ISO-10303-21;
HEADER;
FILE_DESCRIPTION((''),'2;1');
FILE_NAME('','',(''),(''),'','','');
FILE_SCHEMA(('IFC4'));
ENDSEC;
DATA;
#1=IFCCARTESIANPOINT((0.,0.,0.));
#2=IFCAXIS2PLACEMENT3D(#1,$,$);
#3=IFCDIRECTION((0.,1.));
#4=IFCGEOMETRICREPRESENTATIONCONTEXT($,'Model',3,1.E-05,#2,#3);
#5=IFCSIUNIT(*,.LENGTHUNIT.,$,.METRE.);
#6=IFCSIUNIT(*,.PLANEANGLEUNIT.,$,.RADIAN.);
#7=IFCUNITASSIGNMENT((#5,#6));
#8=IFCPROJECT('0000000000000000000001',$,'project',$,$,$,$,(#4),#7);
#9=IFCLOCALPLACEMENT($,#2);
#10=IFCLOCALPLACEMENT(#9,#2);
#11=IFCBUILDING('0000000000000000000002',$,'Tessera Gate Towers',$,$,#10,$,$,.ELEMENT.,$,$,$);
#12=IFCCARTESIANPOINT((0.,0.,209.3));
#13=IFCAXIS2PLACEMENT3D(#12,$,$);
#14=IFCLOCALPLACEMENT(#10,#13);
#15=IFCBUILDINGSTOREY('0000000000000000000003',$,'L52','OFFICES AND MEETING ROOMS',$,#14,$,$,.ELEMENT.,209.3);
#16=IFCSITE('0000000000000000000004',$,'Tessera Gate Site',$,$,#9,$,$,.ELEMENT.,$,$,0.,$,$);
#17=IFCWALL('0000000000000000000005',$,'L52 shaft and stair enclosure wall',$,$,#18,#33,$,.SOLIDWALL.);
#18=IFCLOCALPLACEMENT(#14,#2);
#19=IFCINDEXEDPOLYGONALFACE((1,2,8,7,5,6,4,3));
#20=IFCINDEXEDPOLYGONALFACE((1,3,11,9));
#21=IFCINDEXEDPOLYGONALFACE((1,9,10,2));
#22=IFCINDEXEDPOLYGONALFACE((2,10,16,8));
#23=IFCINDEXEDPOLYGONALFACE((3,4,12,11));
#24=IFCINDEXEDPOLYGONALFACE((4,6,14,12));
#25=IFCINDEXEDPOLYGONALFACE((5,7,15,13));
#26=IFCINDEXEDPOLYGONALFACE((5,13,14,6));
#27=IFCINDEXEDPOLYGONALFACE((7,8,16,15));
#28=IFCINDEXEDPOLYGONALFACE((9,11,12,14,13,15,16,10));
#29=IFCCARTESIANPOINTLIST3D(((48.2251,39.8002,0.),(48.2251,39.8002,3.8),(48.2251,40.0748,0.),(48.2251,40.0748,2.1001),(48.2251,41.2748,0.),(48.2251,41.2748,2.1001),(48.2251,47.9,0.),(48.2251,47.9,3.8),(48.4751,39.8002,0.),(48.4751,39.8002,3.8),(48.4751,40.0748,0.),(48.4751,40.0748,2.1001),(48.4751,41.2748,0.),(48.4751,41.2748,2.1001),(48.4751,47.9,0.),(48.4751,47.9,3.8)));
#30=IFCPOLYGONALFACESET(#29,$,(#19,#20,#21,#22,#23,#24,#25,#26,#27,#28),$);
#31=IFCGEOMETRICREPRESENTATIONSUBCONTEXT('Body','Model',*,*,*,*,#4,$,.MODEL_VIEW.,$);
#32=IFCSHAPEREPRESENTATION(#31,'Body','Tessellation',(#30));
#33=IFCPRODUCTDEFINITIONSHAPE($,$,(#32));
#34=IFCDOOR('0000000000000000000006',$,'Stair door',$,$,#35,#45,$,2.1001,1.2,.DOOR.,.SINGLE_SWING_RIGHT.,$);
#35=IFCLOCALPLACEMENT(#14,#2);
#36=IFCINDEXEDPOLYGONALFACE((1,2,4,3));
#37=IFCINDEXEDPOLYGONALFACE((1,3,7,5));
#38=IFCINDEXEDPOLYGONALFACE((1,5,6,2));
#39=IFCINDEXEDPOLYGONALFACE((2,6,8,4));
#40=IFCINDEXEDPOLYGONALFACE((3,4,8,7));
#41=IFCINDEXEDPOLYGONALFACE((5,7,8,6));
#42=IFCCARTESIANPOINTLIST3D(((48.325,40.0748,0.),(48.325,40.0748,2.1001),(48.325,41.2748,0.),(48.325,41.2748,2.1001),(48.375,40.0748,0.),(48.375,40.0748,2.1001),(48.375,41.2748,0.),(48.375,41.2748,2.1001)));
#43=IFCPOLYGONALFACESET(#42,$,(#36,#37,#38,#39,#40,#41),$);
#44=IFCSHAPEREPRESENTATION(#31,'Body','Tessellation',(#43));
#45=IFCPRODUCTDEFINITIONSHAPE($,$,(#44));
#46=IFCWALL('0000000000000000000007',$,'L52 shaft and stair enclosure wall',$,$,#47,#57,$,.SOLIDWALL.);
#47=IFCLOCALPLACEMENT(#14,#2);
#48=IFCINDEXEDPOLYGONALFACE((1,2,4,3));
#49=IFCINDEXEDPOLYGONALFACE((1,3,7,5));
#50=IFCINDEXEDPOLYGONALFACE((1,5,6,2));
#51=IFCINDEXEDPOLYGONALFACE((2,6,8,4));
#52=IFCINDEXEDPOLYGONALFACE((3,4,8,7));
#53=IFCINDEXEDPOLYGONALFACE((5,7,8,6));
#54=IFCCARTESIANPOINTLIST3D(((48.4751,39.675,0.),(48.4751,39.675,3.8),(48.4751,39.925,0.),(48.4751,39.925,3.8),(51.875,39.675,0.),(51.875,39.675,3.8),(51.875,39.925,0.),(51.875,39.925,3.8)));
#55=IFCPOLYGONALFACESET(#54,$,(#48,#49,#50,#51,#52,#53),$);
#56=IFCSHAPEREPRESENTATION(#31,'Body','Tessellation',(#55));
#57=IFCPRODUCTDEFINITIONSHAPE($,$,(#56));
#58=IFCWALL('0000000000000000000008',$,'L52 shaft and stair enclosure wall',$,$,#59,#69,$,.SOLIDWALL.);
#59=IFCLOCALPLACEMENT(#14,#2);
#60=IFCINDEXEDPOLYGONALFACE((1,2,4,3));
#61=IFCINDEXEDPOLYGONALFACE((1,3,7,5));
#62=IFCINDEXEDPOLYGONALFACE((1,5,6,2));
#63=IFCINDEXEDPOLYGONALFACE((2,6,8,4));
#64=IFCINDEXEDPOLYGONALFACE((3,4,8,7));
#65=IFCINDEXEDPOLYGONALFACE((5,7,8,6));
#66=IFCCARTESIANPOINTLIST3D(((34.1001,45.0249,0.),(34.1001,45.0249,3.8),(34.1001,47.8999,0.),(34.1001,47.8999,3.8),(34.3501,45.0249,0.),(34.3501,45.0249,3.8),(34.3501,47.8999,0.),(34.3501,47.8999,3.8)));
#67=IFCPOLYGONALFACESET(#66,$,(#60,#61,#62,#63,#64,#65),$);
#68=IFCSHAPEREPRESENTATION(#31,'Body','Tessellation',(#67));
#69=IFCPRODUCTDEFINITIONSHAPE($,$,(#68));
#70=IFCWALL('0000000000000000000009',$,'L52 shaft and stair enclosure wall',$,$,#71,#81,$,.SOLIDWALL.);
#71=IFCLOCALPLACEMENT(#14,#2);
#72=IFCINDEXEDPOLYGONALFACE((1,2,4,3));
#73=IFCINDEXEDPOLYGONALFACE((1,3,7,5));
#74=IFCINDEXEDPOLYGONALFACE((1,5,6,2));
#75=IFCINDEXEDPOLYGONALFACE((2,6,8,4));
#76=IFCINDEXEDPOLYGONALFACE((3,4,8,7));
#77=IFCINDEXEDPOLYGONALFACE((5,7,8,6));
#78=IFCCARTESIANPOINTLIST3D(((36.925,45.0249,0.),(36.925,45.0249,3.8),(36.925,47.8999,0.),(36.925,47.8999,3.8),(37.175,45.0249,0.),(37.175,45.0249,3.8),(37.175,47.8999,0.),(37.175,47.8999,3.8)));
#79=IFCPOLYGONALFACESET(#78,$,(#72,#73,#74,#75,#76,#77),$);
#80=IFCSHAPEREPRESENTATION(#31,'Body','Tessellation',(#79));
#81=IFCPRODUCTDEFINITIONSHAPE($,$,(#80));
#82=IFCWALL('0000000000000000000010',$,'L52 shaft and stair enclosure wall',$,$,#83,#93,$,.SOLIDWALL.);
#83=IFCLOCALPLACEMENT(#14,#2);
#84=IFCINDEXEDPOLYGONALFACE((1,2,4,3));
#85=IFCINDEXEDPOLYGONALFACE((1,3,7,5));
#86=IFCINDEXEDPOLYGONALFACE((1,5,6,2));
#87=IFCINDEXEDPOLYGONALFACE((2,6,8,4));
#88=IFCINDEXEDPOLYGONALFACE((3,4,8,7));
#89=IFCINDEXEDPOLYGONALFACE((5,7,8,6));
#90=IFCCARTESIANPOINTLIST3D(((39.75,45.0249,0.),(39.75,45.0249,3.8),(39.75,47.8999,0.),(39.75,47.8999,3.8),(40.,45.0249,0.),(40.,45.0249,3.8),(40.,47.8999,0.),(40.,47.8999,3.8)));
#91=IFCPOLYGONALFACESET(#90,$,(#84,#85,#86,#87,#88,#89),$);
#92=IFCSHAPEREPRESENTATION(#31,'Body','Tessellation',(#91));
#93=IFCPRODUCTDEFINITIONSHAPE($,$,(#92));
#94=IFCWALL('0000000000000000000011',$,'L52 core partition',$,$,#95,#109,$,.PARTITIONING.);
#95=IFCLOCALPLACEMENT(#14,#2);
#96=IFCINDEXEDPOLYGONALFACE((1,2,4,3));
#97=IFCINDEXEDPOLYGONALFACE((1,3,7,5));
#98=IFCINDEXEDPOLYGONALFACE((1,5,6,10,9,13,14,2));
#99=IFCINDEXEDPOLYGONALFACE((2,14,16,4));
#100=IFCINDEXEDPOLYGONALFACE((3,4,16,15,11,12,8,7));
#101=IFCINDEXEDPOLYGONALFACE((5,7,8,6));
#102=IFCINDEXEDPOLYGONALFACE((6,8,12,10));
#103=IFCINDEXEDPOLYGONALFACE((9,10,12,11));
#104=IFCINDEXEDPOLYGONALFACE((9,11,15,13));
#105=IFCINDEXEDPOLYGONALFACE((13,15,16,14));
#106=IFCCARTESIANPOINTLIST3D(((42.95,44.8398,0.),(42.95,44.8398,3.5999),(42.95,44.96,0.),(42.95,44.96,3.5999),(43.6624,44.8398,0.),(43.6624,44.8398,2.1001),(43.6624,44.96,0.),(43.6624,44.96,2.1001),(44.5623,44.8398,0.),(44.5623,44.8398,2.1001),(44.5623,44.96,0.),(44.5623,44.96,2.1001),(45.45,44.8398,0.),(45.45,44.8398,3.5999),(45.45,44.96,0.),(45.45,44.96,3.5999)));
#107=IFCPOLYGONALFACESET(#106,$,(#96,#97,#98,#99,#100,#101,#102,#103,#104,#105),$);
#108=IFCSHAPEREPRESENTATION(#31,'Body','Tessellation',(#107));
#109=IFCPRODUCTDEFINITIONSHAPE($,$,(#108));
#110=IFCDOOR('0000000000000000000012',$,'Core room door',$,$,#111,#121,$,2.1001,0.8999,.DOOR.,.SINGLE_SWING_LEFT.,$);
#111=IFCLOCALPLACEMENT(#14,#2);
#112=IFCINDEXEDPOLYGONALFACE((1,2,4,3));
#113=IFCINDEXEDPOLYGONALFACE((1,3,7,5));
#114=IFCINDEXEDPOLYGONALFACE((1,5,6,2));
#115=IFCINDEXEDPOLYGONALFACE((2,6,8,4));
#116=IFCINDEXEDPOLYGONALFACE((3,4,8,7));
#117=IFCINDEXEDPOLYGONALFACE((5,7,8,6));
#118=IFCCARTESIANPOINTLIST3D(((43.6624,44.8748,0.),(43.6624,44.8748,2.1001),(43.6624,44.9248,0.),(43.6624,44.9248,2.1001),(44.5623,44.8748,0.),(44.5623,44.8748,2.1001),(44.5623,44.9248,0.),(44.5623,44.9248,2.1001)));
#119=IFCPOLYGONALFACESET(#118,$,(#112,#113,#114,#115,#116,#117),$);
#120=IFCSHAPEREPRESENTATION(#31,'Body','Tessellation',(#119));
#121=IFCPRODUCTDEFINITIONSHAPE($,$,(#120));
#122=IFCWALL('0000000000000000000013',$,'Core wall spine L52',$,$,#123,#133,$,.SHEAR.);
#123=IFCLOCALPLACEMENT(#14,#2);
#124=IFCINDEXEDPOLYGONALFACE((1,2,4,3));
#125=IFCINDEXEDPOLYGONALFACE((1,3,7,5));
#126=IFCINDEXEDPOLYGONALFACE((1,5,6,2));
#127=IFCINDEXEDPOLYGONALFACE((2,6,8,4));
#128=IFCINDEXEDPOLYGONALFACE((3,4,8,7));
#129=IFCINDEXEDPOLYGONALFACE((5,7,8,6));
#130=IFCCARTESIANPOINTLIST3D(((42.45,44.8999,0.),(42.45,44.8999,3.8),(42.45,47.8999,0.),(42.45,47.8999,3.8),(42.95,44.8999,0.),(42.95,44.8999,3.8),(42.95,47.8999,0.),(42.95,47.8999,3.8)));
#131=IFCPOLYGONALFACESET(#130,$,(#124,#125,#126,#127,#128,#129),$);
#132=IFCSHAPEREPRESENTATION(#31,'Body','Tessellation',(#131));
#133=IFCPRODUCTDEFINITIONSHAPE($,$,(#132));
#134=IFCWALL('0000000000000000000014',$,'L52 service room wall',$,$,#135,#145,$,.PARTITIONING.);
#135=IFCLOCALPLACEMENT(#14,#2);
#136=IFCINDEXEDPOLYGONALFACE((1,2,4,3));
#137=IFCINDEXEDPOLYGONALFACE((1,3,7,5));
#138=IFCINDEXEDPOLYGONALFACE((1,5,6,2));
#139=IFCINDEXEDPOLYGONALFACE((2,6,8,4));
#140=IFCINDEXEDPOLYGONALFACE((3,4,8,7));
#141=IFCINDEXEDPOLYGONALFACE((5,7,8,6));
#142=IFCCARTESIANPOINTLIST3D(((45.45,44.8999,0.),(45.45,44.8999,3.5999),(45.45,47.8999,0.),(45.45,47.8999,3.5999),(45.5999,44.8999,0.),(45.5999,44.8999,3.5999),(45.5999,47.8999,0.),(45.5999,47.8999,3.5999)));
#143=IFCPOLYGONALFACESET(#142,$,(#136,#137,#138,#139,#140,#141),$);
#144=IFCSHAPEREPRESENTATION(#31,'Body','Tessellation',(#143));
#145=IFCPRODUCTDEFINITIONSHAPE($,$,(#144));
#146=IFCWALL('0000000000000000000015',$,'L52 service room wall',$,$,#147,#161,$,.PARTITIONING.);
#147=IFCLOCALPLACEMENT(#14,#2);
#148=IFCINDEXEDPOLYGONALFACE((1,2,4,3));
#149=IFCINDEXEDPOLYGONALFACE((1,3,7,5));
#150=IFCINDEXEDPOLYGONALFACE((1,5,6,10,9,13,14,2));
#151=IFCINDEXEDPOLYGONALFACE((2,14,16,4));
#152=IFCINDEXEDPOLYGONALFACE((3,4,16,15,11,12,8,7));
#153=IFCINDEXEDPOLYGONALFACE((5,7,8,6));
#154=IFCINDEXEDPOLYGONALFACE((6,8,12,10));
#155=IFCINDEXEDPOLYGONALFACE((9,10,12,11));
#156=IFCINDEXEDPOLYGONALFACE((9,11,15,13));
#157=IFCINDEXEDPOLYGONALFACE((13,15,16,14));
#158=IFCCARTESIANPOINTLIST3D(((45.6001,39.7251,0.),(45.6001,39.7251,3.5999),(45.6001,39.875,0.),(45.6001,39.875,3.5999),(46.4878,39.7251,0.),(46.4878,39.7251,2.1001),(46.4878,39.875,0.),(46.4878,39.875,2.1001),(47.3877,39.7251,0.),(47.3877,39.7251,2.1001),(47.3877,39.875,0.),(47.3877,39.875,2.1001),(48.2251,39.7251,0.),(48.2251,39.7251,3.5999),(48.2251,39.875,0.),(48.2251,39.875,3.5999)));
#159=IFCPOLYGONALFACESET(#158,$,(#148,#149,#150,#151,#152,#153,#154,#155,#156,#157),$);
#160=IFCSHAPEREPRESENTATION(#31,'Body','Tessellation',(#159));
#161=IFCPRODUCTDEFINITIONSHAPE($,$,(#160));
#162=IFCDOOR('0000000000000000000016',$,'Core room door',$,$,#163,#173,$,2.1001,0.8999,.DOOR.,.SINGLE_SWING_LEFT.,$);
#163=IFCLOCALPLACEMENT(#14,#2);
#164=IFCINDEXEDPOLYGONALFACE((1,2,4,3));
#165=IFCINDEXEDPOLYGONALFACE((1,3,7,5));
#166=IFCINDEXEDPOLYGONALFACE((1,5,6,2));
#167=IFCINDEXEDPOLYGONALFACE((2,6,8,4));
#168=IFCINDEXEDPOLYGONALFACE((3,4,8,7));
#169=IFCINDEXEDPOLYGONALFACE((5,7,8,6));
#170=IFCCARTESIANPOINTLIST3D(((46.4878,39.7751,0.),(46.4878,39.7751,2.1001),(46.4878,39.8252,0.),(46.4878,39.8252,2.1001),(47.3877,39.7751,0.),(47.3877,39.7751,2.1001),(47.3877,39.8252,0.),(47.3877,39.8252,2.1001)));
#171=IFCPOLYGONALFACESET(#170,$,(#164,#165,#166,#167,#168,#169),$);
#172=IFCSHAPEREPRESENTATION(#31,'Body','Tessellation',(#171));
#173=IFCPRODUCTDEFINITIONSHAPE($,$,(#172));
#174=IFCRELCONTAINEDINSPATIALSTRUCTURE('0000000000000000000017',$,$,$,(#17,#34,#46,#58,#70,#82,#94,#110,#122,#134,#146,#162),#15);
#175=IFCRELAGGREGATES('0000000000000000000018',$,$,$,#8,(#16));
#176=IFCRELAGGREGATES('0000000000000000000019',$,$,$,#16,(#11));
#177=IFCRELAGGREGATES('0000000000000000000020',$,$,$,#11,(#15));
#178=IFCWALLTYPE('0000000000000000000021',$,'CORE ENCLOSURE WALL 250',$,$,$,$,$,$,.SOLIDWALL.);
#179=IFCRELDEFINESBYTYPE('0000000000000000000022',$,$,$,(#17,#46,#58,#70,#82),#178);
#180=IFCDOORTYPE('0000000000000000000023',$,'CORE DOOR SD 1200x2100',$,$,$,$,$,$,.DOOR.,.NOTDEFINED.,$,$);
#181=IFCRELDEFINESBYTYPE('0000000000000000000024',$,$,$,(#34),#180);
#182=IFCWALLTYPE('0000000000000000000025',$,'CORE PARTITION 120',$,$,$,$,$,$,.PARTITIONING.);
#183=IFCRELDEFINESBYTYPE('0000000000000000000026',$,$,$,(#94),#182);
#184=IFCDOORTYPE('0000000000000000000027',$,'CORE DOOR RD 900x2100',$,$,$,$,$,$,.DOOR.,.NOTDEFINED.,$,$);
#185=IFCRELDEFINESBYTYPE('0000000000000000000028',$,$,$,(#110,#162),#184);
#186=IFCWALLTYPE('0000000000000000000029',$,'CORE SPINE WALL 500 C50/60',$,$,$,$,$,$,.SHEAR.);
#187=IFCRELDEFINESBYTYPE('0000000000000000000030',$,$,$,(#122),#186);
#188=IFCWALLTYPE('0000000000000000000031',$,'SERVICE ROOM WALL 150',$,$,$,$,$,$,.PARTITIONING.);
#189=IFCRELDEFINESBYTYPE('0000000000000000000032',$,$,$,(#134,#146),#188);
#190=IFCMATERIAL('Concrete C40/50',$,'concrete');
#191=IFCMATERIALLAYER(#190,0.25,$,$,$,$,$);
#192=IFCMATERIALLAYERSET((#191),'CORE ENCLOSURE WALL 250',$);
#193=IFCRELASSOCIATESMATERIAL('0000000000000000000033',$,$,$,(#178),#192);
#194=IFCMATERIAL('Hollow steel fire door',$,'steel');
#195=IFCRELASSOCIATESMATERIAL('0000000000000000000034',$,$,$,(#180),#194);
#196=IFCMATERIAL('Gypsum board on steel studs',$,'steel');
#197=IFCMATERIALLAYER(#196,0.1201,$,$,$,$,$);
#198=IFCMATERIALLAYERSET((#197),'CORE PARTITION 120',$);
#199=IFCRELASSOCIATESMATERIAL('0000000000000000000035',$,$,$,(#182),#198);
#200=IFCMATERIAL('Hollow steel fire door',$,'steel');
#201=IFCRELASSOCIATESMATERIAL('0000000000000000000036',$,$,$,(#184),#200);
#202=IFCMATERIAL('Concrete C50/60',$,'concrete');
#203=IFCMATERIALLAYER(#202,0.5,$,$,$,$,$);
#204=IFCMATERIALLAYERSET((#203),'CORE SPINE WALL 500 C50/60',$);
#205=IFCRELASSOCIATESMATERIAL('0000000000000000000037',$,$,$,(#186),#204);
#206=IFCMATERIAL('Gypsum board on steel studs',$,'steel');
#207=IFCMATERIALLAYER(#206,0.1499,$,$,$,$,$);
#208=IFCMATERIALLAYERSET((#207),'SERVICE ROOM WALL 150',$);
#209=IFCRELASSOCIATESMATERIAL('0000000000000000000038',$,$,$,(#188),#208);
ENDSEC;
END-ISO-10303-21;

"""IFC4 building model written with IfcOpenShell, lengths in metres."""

from ifc_helpers import new_model, si_unit, direction, frame, frame_2d, origin, place, context, subcontext, project, spatial, rectangle, extrude, source, transform, mapped, material, layer, layer_set, type_object, element, fill, save


model = new_model("IFC4")

# Units and contexts
model_context = context("Model", 3, precision=1e-05, world=origin(), true_north=direction((0.0, 1.0)))
body_context = subcontext(model_context, "Body", "Model", "MODEL_VIEW")
ifc_project = project(units=[si_unit("LENGTHUNIT", "METRE"), si_unit("PLANEANGLEUNIT", "RADIAN")], contexts=[model_context])

# Site, building, storey
site_placement = place(None, origin())
site = spatial("IfcSite", under=ifc_project, at=site_placement, Name="Tessera Gate Site", CompositionType="ELEMENT", RefElevation=0.0)
building_placement = place(site_placement, origin())
building = spatial("IfcBuilding", under=site, at=building_placement, Name="Tessera Gate Towers", CompositionType="ELEMENT")
storey_placement = place(building_placement, frame((0.0, 0.0, 209.3)))
storey = spatial("IfcBuildingStorey", under=building, at=storey_placement, Name="L52", Description="OFFICES AND MEETING ROOMS", CompositionType="ELEMENT", Elevation=209.3)

# Shared definitions
ifc_material_1 = material(Name="Concrete C40/50", Category="concrete")
ifc_layer_1 = layer(ifc_material_1, 0.25)
ifc_layer_set_1 = layer_set([ifc_layer_1], Name="CORE ENCLOSURE WALL 250")
wall_type_1 = type_object("IfcWallType", Name="CORE ENCLOSURE WALL 250", PredefinedType="SOLIDWALL", material=ifc_layer_set_1)

# Wall, opening, door
wall_1_placement = place(storey_placement, frame((48.3501, 47.8999, 0.0), z_axis=(0.0, 0.0, 1.0), x_axis=(0.0, -1.0, 0.0)))
wall_1 = element("IfcWall", 1, at=wall_1_placement, inside=storey, type_object=wall_type_1, Name="L52 shaft and stair enclosure wall", PredefinedType="SOLIDWALL", context=body_context, shape_type="SweptSolid", body=[
    extrude(rectangle(XDim=8.0999, YDim=0.25, at=frame_2d((4.0498, 0.0))), origin(), (0.0, 0.0, 1.0), 3.8),
])
shared_shape_1 = source(origin(), body_context, "Body", "SweptSolid", [
    extrude(rectangle(XDim=1.2, YDim=2.1001, at=frame_2d((0.6001, 1.05))), frame((0.0, 0.135, 0.0), z_axis=(0.0, -1.0, 0.0), x_axis=(1.0, 0.0, 0.0)), (0.0, 0.0, 1.0), 0.27),
])
opening_1_placement = place(wall_1_placement, frame((6.625, 0.0, 0.0)))
opening_1 = element("IfcOpeningElement", 2, at=opening_1_placement, cuts=wall_1, PredefinedType="OPENING", context=body_context, shape_type="MappedRepresentation", body=[
    mapped(shared_shape_1, transform((0.0, 0.0, 0.0), scale=1.0)),
])
ifc_material_2 = material(Name="Hollow steel fire door", Category="steel")
door_type_1 = type_object("IfcDoorType", Name="CORE DOOR SD 1200x2100", OperationType="NOTDEFINED", PredefinedType="DOOR", material=ifc_material_2)
shared_shape_2 = source(origin(), body_context, "Body", "SweptSolid", [
    extrude(rectangle(XDim=1.2, YDim=2.1001, at=frame_2d((0.6001, 1.05))), frame((0.0, 0.0249, 0.0), z_axis=(0.0, -1.0, 0.0), x_axis=(1.0, 0.0, 0.0)), (0.0, 0.0, 1.0), 0.05),
])
door_1_placement = place(opening_1_placement, origin())
door_1 = element("IfcDoor", 3, at=door_1_placement, inside=storey, type_object=door_type_1, Name="Stair door", OperationType="SINGLE_SWING_RIGHT", OverallHeight=2.1001, OverallWidth=1.2, PredefinedType="DOOR", context=body_context, shape_type="MappedRepresentation", body=[
    mapped(shared_shape_2, transform((0.0, 0.0, 0.0), scale=1.0)),
])
fill(opening_1, door_1)

# Walls
wall_2_placement = place(storey_placement, frame((48.4751, 39.8, 0.0), z_axis=(0.0, 0.0, 1.0), x_axis=(1.0, 0.0, 0.0)))
element("IfcWall", 4, at=wall_2_placement, inside=storey, type_object=wall_type_1, Name="L52 shaft and stair enclosure wall", PredefinedType="SOLIDWALL", context=body_context, shape_type="SweptSolid", body=[
    extrude(rectangle(XDim=3.3999, YDim=0.25, at=frame_2d((1.7, 0.0))), origin(), (0.0, 0.0, 1.0), 3.8),
])
for number, where, z_axis, x_axis, name in (
    (5, (34.2251, 45.0249, 0.0), (0.0, 0.0, 1.0), (0.0, 1.0, 0.0), "L52 shaft and stair enclosure wall"),
    (6, (37.05, 45.0249, 0.0), (0.0, 0.0, 1.0), (0.0, 1.0, 0.0), "L52 shaft and stair enclosure wall"),
    (7, (39.875, 45.0249, 0.0), (0.0, 0.0, 1.0), (0.0, 1.0, 0.0), "L52 shaft and stair enclosure wall"),
):
    element("IfcWall", number, at=place(storey_placement, frame(where, z_axis=z_axis, x_axis=x_axis)), inside=storey, type_object=wall_type_1, Name=name, PredefinedType="SOLIDWALL", context=body_context, shape_type="SweptSolid", body=[
        extrude(rectangle(XDim=2.875, YDim=0.25, at=frame_2d((1.4375, 0.0))), origin(), (0.0, 0.0, 1.0), 3.8),
    ])

# Wall, opening, door
ifc_material_3 = material(Name="Gypsum board on steel studs", Category="steel")
ifc_layer_2 = layer(ifc_material_3, 0.1201)
ifc_layer_set_2 = layer_set([ifc_layer_2], Name="CORE PARTITION 120")
wall_type_2 = type_object("IfcWallType", Name="CORE PARTITION 120", PredefinedType="PARTITIONING", material=ifc_layer_set_2)
wall_3_placement = place(storey_placement, frame((42.95, 44.8999, 0.0), z_axis=(0.0, 0.0, 1.0), x_axis=(1.0, 0.0, 0.0)))
wall_3 = element("IfcWall", 8, at=wall_3_placement, inside=storey, type_object=wall_type_2, Name="L52 core partition", PredefinedType="PARTITIONING", context=body_context, shape_type="SweptSolid", body=[
    extrude(rectangle(XDim=2.5, YDim=0.1201, at=frame_2d((1.25, 0.0))), origin(), (0.0, 0.0, 1.0), 3.5999),
])
shared_shape_3 = source(origin(), body_context, "Body", "SweptSolid", [
    extrude(rectangle(XDim=0.8999, YDim=2.1001, at=frame_2d((0.45, 1.05))), frame((0.0, 0.0701, 0.0), z_axis=(0.0, -1.0, 0.0), x_axis=(1.0, 0.0, 0.0)), (0.0, 0.0, 1.0), 0.1401),
])
opening_2_placement = place(wall_3_placement, frame((0.7124, 0.0, 0.0)))
opening_2 = element("IfcOpeningElement", 9, at=opening_2_placement, cuts=wall_3, PredefinedType="OPENING", context=body_context, shape_type="MappedRepresentation", body=[
    mapped(shared_shape_3, transform((0.0, 0.0, 0.0), scale=1.0)),
])
ifc_material_4 = material(Name="Hollow steel fire door", Category="steel")
door_type_2 = type_object("IfcDoorType", Name="CORE DOOR RD 900x2100", OperationType="NOTDEFINED", PredefinedType="DOOR", material=ifc_material_4)
shared_shape_4 = source(origin(), body_context, "Body", "SweptSolid", [
    extrude(rectangle(XDim=0.8999, YDim=2.1001, at=frame_2d((0.45, 1.05))), frame((0.0, 0.0249, 0.0), z_axis=(0.0, -1.0, 0.0), x_axis=(1.0, 0.0, 0.0)), (0.0, 0.0, 1.0), 0.05),
])
door_2_placement = place(opening_2_placement, origin())
door_2 = element("IfcDoor", 10, at=door_2_placement, inside=storey, type_object=door_type_2, Name="Core room door", OperationType="SINGLE_SWING_LEFT", OverallHeight=2.1001, OverallWidth=0.8999, PredefinedType="DOOR", context=body_context, shape_type="MappedRepresentation", body=[
    mapped(shared_shape_4, transform((0.0, 0.0, 0.0), scale=1.0)),
])
fill(opening_2, door_2)

# Walls
ifc_material_5 = material(Name="Concrete C50/60", Category="concrete")
ifc_layer_3 = layer(ifc_material_5, 0.5)
ifc_layer_set_3 = layer_set([ifc_layer_3], Name="CORE SPINE WALL 500 C50/60")
wall_type_3 = type_object("IfcWallType", Name="CORE SPINE WALL 500 C50/60", PredefinedType="SHEAR", material=ifc_layer_set_3)
wall_4_placement = place(storey_placement, frame((42.7, 44.8999, 0.0), z_axis=(0.0, 0.0, 1.0), x_axis=(0.0, 1.0, 0.0)))
element("IfcWall", 11, at=wall_4_placement, inside=storey, type_object=wall_type_3, Name="Core wall spine L52", PredefinedType="SHEAR", context=body_context, shape_type="SweptSolid", body=[
    extrude(rectangle(XDim=3.0, YDim=0.5, at=frame_2d((1.5, 0.0))), origin(), (0.0, 0.0, 1.0), 3.8),
])
ifc_material_6 = material(Name="Gypsum board on steel studs", Category="steel")
ifc_layer_4 = layer(ifc_material_6, 0.1499)
ifc_layer_set_4 = layer_set([ifc_layer_4], Name="SERVICE ROOM WALL 150")
wall_type_4 = type_object("IfcWallType", Name="SERVICE ROOM WALL 150", PredefinedType="PARTITIONING", material=ifc_layer_set_4)
wall_5_placement = place(storey_placement, frame((45.5249, 44.8999, 0.0), z_axis=(0.0, 0.0, 1.0), x_axis=(0.0, 1.0, 0.0)))
element("IfcWall", 12, at=wall_5_placement, inside=storey, type_object=wall_type_4, Name="L52 service room wall", PredefinedType="PARTITIONING", context=body_context, shape_type="SweptSolid", body=[
    extrude(rectangle(XDim=3.0, YDim=0.1499, at=frame_2d((1.5, 0.0))), origin(), (0.0, 0.0, 1.0), 3.5999),
])

# Wall, opening, door
wall_6_placement = place(storey_placement, frame((48.2251, 39.8, 0.0), z_axis=(0.0, 0.0, 1.0), x_axis=(-1.0, 0.0, 0.0)))
wall_6 = element("IfcWall", 13, at=wall_6_placement, inside=storey, type_object=wall_type_4, Name="L52 service room wall", PredefinedType="PARTITIONING", context=body_context, shape_type="SweptSolid", body=[
    extrude(rectangle(XDim=2.625, YDim=0.1499, at=frame_2d((1.3125, 0.0))), origin(), (0.0, 0.0, 1.0), 3.5999),
])
shared_shape_5 = source(origin(), body_context, "Body", "SweptSolid", [
    extrude(rectangle(XDim=0.8999, YDim=2.1001, at=frame_2d((0.45, 1.05))), frame((0.0, 0.085, 0.0), z_axis=(0.0, -1.0, 0.0), x_axis=(1.0, 0.0, 0.0)), (0.0, 0.0, 1.0), 0.1699),
])
opening_3_placement = place(wall_6_placement, frame((0.8374, 0.0, 0.0)))
opening_3 = element("IfcOpeningElement", 14, at=opening_3_placement, cuts=wall_6, PredefinedType="OPENING", context=body_context, shape_type="MappedRepresentation", body=[
    mapped(shared_shape_5, transform((0.0, 0.0, 0.0), scale=1.0)),
])
door_3_placement = place(opening_3_placement, origin())
door_3 = element("IfcDoor", 15, at=door_3_placement, inside=storey, type_object=door_type_2, Name="Core room door", OperationType="SINGLE_SWING_LEFT", OverallHeight=2.1001, OverallWidth=0.8999, PredefinedType="DOOR", context=body_context, shape_type="MappedRepresentation", body=[
    mapped(shared_shape_4, transform((0.0, 0.0, 0.0), scale=1.0)),
])
fill(opening_3, door_3)

save(model, "model.ifc")
